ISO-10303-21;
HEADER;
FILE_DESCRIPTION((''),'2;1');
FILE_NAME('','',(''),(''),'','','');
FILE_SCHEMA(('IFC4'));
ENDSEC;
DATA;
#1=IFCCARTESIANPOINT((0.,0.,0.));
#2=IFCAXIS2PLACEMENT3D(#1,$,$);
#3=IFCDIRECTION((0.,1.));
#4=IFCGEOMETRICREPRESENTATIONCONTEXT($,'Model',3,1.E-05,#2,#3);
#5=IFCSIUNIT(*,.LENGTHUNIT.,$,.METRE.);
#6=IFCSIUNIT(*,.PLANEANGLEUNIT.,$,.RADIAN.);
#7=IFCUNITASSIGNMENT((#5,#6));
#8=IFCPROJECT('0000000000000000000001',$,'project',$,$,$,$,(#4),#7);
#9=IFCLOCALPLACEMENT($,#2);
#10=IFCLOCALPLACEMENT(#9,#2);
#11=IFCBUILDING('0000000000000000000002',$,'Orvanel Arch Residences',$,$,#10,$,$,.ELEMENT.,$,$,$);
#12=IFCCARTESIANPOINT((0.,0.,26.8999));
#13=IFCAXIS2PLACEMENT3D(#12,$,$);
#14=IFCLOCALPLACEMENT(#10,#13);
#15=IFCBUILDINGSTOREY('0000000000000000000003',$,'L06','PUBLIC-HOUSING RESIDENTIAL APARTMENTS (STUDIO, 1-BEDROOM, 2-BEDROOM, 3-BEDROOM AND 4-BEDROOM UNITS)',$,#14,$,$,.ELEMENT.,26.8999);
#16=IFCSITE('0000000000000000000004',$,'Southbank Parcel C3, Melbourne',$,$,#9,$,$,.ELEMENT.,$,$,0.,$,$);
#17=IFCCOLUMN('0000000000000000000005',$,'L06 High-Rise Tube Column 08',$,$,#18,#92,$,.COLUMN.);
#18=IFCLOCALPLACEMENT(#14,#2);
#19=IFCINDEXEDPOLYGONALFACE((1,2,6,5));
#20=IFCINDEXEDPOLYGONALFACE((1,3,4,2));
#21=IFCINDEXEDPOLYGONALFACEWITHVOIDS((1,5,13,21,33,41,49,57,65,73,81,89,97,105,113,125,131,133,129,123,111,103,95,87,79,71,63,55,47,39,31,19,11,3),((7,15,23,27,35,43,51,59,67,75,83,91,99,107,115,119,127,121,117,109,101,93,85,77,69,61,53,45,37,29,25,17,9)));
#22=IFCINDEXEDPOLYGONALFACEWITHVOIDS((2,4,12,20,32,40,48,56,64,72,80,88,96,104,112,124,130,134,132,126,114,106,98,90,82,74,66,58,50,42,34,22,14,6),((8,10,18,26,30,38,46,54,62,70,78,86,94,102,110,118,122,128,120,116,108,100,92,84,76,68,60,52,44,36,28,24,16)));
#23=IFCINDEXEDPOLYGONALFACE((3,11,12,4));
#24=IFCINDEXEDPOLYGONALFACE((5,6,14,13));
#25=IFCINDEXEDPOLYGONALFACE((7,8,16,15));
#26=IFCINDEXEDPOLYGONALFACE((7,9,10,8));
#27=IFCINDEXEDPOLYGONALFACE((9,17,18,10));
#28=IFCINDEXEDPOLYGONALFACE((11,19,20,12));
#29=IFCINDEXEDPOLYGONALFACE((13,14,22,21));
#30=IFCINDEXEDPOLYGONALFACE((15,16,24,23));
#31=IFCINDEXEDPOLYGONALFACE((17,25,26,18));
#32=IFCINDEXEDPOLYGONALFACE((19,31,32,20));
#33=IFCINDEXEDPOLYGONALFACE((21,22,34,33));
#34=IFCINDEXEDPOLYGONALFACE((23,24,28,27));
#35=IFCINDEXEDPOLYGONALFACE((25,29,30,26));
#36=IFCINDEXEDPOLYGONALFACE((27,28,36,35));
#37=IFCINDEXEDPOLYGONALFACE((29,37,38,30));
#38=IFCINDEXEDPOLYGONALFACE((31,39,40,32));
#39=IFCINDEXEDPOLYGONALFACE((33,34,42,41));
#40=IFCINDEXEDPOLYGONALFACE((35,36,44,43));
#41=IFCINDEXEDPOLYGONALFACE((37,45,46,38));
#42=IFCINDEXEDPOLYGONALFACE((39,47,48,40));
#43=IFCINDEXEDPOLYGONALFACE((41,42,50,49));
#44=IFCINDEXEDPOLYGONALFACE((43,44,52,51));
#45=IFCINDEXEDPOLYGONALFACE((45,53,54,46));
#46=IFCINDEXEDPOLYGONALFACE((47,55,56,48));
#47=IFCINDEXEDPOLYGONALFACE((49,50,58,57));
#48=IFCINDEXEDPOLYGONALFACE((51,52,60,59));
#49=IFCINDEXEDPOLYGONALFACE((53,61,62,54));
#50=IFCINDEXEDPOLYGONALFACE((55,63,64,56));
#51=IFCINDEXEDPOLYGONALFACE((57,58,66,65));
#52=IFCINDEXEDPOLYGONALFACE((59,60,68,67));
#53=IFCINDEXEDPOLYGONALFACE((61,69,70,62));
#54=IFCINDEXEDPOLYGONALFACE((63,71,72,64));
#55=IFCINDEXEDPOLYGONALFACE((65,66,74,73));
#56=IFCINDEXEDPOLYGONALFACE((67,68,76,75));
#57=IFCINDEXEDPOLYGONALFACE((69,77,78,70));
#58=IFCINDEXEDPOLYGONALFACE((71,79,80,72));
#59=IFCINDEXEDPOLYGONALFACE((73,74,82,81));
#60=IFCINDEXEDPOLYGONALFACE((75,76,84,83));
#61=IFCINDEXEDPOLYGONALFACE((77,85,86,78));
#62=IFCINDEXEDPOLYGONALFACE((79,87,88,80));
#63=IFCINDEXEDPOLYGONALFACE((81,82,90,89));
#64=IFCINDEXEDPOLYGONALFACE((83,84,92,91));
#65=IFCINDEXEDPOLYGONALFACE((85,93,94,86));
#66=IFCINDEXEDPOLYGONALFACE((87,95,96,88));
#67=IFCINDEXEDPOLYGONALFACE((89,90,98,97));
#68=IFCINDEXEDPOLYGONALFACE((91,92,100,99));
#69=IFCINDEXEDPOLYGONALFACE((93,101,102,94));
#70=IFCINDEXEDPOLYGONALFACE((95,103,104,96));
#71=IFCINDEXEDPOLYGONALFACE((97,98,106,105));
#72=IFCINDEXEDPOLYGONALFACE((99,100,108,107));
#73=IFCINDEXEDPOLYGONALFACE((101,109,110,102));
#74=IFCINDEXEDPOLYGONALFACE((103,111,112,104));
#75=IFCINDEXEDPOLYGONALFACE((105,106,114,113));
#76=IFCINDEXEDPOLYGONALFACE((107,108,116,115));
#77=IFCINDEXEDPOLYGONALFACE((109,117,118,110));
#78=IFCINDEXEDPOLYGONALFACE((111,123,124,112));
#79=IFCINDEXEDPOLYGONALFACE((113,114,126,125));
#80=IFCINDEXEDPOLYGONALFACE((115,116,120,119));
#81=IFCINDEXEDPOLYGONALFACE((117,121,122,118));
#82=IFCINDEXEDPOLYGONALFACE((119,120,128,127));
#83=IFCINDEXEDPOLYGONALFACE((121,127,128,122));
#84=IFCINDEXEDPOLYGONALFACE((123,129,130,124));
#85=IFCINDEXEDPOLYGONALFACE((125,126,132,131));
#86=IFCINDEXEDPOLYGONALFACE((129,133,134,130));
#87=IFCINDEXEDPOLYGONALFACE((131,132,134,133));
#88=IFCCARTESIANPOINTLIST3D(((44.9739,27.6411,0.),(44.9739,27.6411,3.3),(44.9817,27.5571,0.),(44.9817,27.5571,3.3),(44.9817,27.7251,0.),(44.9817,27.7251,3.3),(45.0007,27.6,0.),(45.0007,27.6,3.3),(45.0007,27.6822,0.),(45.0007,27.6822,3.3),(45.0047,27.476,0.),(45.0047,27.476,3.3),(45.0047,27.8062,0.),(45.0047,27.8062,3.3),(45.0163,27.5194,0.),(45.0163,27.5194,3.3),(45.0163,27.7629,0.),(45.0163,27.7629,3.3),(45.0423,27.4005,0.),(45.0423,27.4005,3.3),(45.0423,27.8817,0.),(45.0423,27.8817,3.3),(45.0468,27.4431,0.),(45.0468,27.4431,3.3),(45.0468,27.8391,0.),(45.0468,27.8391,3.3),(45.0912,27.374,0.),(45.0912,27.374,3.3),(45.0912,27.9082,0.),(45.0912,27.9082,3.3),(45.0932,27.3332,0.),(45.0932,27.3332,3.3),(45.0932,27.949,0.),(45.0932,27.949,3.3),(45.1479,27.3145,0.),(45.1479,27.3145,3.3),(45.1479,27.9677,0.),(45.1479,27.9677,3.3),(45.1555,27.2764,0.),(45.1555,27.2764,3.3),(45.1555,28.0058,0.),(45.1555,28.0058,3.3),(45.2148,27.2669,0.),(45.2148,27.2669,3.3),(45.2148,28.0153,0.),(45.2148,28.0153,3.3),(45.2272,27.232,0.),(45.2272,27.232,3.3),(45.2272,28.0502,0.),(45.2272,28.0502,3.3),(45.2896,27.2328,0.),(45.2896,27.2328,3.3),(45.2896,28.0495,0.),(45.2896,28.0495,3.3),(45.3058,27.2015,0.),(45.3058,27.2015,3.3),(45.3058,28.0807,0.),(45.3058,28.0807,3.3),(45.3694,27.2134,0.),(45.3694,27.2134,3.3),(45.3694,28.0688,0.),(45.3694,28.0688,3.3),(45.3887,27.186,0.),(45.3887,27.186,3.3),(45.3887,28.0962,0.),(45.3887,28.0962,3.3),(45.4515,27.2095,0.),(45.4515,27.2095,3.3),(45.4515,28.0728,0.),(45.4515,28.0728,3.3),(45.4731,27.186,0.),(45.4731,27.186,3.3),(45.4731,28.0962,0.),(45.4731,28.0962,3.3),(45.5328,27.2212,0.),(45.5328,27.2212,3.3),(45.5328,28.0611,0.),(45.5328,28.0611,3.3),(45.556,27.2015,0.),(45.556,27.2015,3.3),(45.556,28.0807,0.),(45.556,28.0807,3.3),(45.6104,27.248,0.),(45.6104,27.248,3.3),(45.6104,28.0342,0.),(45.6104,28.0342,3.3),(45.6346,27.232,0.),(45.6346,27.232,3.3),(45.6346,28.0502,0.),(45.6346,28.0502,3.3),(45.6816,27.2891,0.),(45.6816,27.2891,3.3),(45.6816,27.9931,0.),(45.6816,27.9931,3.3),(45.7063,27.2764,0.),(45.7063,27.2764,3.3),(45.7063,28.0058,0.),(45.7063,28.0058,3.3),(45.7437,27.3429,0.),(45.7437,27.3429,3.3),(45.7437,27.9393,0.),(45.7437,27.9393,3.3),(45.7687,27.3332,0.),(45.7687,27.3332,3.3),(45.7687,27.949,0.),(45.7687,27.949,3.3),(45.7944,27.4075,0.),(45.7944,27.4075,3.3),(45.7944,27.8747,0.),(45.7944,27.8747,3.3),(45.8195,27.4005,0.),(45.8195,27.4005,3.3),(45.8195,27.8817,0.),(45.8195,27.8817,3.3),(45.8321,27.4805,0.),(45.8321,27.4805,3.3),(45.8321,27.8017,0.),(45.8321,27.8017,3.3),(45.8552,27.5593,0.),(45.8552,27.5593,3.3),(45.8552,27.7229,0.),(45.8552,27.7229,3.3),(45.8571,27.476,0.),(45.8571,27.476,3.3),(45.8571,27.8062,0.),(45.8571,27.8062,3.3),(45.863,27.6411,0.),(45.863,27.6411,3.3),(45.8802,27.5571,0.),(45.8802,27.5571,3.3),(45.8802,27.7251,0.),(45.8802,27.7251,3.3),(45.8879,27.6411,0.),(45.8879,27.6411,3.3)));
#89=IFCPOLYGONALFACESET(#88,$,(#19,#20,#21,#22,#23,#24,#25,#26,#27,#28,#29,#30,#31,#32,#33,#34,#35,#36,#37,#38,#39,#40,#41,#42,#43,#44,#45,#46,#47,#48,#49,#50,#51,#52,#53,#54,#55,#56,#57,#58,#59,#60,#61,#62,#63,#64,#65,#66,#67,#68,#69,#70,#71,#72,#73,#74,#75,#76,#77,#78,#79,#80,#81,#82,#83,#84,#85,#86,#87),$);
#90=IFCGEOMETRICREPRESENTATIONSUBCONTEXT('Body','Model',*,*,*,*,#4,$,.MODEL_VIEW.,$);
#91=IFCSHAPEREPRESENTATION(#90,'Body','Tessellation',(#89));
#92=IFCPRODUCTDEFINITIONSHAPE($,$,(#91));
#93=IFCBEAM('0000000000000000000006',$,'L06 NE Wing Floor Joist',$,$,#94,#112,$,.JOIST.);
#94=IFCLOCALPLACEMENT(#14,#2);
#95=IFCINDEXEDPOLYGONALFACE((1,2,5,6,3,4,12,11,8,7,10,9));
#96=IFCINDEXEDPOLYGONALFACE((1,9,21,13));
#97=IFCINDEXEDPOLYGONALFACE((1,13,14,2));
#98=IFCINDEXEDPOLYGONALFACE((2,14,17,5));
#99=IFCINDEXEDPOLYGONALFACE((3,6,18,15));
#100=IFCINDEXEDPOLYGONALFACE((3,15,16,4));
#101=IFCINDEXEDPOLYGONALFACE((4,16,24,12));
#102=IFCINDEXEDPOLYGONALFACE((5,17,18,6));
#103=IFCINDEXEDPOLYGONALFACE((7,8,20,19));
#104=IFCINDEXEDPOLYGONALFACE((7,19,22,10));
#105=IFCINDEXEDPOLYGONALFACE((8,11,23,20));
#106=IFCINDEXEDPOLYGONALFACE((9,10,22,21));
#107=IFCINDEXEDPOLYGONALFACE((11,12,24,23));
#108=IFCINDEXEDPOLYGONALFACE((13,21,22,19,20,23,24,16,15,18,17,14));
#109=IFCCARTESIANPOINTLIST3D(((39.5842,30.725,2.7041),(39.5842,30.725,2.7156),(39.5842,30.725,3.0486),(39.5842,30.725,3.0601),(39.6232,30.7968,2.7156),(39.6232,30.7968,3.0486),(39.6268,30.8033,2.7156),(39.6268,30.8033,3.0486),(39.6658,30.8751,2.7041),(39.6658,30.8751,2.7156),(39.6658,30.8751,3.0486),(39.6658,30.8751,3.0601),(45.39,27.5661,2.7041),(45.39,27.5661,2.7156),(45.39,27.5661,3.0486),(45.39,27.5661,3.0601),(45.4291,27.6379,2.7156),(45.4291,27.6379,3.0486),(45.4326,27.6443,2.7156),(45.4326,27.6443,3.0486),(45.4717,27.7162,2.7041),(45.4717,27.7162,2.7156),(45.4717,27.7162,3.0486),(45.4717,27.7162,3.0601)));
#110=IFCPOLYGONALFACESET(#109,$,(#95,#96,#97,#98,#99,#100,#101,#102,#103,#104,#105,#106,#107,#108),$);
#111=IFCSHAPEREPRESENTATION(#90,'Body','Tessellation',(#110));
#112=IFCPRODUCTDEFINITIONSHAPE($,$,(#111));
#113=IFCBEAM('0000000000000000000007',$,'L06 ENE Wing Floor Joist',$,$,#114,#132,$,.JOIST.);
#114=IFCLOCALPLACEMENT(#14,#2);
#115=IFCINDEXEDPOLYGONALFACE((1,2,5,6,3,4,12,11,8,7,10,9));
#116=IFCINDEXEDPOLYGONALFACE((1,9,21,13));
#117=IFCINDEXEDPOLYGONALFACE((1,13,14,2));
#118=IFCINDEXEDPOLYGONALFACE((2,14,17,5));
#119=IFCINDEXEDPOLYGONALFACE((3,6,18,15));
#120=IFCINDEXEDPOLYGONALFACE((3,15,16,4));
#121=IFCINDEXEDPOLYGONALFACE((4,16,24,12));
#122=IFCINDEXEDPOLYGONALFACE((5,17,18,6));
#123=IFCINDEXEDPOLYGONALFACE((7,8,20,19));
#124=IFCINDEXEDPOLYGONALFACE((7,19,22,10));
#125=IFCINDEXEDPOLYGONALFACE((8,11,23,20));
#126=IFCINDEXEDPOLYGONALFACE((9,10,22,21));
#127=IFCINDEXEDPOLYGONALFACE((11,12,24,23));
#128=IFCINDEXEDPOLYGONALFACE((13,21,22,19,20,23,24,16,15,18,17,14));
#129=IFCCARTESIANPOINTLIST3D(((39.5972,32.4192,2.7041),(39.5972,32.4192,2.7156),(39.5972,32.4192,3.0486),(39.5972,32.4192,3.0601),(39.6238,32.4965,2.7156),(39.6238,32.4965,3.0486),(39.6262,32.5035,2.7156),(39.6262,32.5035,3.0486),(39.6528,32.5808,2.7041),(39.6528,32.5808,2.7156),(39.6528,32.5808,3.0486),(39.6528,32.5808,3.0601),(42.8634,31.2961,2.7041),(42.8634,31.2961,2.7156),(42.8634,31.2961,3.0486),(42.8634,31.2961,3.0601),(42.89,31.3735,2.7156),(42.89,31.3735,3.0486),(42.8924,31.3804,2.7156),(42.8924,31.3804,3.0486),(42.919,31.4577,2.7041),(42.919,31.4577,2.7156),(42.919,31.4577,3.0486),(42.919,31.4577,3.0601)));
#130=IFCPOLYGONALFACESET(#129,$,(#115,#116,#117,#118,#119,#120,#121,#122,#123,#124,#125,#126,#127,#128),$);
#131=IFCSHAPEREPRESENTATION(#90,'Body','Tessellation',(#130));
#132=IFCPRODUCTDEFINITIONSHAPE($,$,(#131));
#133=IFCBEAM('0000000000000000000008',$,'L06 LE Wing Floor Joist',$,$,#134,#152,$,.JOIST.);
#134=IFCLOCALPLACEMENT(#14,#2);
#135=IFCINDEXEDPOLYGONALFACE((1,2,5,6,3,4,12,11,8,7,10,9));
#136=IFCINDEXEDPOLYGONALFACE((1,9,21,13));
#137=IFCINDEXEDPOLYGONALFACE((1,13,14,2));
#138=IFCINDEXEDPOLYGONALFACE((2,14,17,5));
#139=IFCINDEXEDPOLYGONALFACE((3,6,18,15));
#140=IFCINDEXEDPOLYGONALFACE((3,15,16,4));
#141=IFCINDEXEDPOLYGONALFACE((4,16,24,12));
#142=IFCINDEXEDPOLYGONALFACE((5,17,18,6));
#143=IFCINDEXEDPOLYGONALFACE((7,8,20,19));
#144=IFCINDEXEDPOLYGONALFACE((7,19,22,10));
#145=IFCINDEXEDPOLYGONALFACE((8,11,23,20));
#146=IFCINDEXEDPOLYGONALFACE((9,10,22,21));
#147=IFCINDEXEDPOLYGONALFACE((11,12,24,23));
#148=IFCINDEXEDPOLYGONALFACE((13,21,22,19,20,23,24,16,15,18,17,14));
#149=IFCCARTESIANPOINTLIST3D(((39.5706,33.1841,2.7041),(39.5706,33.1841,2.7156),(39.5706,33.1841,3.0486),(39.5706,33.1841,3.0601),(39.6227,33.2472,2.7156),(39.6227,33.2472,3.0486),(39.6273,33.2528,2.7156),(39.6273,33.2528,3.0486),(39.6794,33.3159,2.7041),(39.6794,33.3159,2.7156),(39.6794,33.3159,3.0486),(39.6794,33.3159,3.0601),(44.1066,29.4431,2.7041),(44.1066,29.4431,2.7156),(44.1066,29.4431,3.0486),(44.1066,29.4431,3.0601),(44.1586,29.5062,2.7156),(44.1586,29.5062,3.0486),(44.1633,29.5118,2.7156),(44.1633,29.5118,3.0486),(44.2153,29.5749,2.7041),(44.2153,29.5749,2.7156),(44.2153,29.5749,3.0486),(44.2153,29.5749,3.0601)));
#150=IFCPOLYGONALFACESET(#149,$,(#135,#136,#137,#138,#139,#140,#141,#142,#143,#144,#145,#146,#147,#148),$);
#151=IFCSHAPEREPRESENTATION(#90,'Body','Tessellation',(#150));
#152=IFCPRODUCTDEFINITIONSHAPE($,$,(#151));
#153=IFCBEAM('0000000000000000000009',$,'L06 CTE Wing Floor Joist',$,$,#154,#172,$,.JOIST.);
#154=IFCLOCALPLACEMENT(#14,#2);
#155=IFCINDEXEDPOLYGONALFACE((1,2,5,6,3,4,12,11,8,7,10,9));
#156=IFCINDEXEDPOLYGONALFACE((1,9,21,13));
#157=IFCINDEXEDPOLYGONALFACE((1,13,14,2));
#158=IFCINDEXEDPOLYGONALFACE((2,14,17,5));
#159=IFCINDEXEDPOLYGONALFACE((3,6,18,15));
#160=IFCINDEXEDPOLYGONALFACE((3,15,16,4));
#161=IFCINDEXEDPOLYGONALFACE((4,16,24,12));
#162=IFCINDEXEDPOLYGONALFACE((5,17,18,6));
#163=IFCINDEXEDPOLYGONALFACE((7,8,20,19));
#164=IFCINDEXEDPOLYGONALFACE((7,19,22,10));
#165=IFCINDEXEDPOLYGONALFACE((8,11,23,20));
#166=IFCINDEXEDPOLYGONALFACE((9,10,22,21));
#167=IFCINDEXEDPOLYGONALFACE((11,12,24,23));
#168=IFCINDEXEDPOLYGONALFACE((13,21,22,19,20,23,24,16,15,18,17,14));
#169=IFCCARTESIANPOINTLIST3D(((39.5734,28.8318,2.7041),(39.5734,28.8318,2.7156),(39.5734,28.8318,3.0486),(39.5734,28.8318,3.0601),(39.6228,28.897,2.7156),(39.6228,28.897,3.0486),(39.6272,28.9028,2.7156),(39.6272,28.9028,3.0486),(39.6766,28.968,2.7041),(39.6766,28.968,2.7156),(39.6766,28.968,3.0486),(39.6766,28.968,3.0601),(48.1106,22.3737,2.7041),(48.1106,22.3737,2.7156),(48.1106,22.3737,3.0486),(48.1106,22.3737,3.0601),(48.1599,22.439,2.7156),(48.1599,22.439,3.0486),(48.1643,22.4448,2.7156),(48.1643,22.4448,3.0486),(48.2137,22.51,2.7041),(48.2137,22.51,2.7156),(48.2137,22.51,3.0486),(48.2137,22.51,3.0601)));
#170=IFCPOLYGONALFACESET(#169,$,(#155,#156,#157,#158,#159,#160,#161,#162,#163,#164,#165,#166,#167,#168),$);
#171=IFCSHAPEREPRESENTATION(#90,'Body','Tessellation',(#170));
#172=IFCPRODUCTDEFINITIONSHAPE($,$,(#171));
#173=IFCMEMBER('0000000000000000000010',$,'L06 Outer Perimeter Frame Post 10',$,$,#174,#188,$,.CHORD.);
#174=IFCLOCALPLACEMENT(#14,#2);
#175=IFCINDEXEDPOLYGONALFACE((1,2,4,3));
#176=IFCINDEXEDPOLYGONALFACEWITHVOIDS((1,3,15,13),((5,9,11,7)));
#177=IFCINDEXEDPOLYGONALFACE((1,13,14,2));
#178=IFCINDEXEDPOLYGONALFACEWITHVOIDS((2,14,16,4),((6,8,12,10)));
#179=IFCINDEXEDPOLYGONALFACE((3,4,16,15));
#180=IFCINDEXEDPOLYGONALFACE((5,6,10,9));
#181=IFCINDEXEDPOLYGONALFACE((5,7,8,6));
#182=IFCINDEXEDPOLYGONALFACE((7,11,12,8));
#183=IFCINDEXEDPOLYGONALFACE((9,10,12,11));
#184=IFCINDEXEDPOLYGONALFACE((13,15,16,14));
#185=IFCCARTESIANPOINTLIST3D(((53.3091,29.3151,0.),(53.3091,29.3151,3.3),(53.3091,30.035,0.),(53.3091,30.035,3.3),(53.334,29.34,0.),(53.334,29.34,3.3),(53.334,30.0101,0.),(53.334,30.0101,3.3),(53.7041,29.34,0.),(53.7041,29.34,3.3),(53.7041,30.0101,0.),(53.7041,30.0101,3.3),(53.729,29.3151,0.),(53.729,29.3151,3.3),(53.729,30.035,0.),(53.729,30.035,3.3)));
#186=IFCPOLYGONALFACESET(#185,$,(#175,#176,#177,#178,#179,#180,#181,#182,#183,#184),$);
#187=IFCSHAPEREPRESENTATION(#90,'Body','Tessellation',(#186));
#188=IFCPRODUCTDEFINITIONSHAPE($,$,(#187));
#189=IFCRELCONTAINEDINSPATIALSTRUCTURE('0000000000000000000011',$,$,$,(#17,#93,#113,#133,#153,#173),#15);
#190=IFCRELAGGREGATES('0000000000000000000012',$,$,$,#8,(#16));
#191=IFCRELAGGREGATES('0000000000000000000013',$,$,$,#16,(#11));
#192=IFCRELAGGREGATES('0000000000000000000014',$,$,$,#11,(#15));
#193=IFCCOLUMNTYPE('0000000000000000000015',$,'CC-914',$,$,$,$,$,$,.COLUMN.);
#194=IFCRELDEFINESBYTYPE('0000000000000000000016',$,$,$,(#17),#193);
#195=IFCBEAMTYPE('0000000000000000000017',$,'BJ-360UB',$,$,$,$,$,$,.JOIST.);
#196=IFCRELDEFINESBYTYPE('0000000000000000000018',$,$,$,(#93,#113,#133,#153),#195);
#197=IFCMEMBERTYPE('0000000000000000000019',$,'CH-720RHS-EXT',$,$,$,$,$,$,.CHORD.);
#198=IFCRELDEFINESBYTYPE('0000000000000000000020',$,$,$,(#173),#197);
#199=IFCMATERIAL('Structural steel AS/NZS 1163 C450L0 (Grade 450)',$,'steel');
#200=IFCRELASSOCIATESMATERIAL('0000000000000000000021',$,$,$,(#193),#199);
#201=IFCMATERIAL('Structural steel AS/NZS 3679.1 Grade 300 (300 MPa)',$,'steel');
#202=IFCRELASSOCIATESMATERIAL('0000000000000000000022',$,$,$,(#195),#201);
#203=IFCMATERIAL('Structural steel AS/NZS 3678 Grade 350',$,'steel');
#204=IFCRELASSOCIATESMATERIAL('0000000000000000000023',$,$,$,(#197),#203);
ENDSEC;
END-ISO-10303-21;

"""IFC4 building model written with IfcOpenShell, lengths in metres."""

from ifc_helpers import new_model, si_unit, direction, frame, origin, origin_2d, place, context, subcontext, project, spatial, hollow_rectangle, hollow_circle, i_section, extrude, material, material_profile, profile_set, type_object, element, save


model = new_model("IFC4")

# Units and contexts
model_context = context("Model", 3, precision=1e-05, world=origin(), true_north=direction((0.0, 1.0)))
body_context = subcontext(model_context, "Body", "Model", "MODEL_VIEW")
ifc_project = project(units=[si_unit("LENGTHUNIT", "METRE"), si_unit("PLANEANGLEUNIT", "RADIAN")], contexts=[model_context])

# Site, building, storey
site_placement = place(None, origin())
site = spatial("IfcSite", under=ifc_project, at=site_placement, Name="Southbank Parcel C3, Melbourne", CompositionType="ELEMENT", RefElevation=0.0)
building_placement = place(site_placement, origin())
building = spatial("IfcBuilding", under=site, at=building_placement, Name="Orvanel Arch Residences", CompositionType="ELEMENT")
storey_placement = place(building_placement, frame((0.0, 0.0, 26.8999)))
storey = spatial("IfcBuildingStorey", under=building, at=storey_placement, Name="L06", Description="PUBLIC-HOUSING RESIDENTIAL APARTMENTS (STUDIO, 1-BEDROOM, 2-BEDROOM, 3-BEDROOM AND 4-BEDROOM UNITS)", CompositionType="ELEMENT", Elevation=26.8999)

# Column
ifc_material_1 = material(Name="Structural steel AS/NZS 1163 C450L0 (Grade 450)", Category="steel")
ifc_material_profile_1 = material_profile(ifc_material_1, hollow_circle(Radius=0.457, WallThickness=0.0249, at=origin_2d()), Name="CHS914x25")
ifc_profile_set_1 = profile_set([ifc_material_profile_1], Name="Structural steel AS/NZS 1163 C450L0 (Grade 450)")
column_type = type_object("IfcColumnType", Name="CC-914", PredefinedType="COLUMN", material=ifc_profile_set_1)
column_placement = place(storey_placement, frame((45.4309, 27.6411, 0.0), z_axis=(0.0, 0.0, 1.0), x_axis=(1.0, 0.0, 0.0)))
element("IfcColumn", 1, at=column_placement, inside=storey, type_object=column_type, Name="L06 High-Rise Tube Column 08", PredefinedType="COLUMN", context=body_context, shape_type="SweptSolid", body=[
    extrude(hollow_circle(Radius=0.457, WallThickness=0.0249, at=origin_2d()), origin(), (0.0, 0.0, 1.0), 3.3),
])

# Beams
ifc_material_2 = material(Name="Structural steel AS/NZS 3679.1 Grade 300 (300 MPa)", Category="steel")
ifc_material_profile_2 = material_profile(ifc_material_2, i_section(OverallWidth=0.1709, OverallDepth=0.356, WebThickness=0.0073, FlangeThickness=0.0115, at=origin_2d()), Name="360UB50.7")
ifc_profile_set_2 = profile_set([ifc_material_profile_2], Name="Structural steel AS/NZS 3679.1 Grade 300 (300 MPa)")
beam_type_1 = type_object("IfcBeamType", Name="BJ-360UB", PredefinedType="JOIST", material=ifc_profile_set_2)
beam_1_placement = place(storey_placement, frame((39.625, 30.8, 2.8821), z_axis=(0.878399, -0.477928, 0.0), x_axis=(0.477928, 0.878399, 0.0)))
element("IfcBeam", 2, at=beam_1_placement, inside=storey, type_object=beam_type_1, Name="L06 NE Wing Floor Joist", PredefinedType="JOIST", context=body_context, shape_type="SweptSolid", body=[
    extrude(i_section(OverallWidth=0.1709, OverallDepth=0.356, WebThickness=0.0073, FlangeThickness=0.0115, at=origin_2d()), origin(), (0.0, 0.0, 1.0), 6.6096),
])
beam_2_placement = place(storey_placement, frame((39.625, 32.5, 2.8821), z_axis=(0.945658, -0.325163, 0.0), x_axis=(0.325163, 0.945658, 0.0)))
element("IfcBeam", 3, at=beam_2_placement, inside=storey, type_object=beam_type_1, Name="L06 ENE Wing Floor Joist", PredefinedType="JOIST", context=body_context, shape_type="SweptSolid", body=[
    extrude(i_section(OverallWidth=0.1709, OverallDepth=0.356, WebThickness=0.0073, FlangeThickness=0.0115, at=origin_2d()), origin(), (0.0, 0.0, 1.0), 3.4539),
])
beam_3_placement = place(storey_placement, frame((39.625, 33.25, 2.8821), z_axis=(0.771469, -0.636267, 0.0), x_axis=(0.636267, 0.771469, 0.0)))
element("IfcBeam", 4, at=beam_3_placement, inside=storey, type_object=beam_type_1, Name="L06 LE Wing Floor Joist", PredefinedType="JOIST", context=body_context, shape_type="SweptSolid", body=[
    extrude(i_section(OverallWidth=0.1709, OverallDepth=0.356, WebThickness=0.0073, FlangeThickness=0.0115, at=origin_2d()), origin(), (0.0, 0.0, 1.0), 5.8796),
])
beam_4_placement = place(storey_placement, frame((39.625, 28.8999, 2.8821), z_axis=(0.797519, -0.603294, 0.0), x_axis=(0.603294, 0.797519, 0.0)))
element("IfcBeam", 5, at=beam_4_placement, inside=storey, type_object=beam_type_1, Name="L06 CTE Wing Floor Joist", PredefinedType="JOIST", context=body_context, shape_type="SweptSolid", body=[
    extrude(i_section(OverallWidth=0.1709, OverallDepth=0.356, WebThickness=0.0073, FlangeThickness=0.0115, at=origin_2d()), origin(), (0.0, 0.0, 1.0), 10.7046),
])

# Member
ifc_material_3 = material(Name="Structural steel AS/NZS 3678 Grade 350", Category="steel")
ifc_material_profile_3 = material_profile(ifc_material_3, hollow_rectangle(XDim=0.4199, YDim=0.72, WallThickness=0.0249, at=origin_2d()), Name="RHS720x420x25")
ifc_profile_set_3 = profile_set([ifc_material_profile_3], Name="Structural steel AS/NZS 3678 Grade 350")
member_type_1 = type_object("IfcMemberType", Name="CH-720RHS-EXT", PredefinedType="CHORD", material=ifc_profile_set_3)
member_1_placement = place(storey_placement, frame((53.519, 29.675, 0.0), z_axis=(0.0, 0.0, 1.0), x_axis=(1.0, 0.0, 0.0)))
element("IfcMember", 6, at=member_1_placement, inside=storey, type_object=member_type_1, Name="L06 Outer Perimeter Frame Post 10", PredefinedType="CHORD", context=body_context, shape_type="SweptSolid", body=[
    extrude(hollow_rectangle(XDim=0.4199, YDim=0.72, WallThickness=0.0249, at=origin_2d()), origin(), (0.0, 0.0, 1.0), 3.3),
])

save(model, "model.ifc")
